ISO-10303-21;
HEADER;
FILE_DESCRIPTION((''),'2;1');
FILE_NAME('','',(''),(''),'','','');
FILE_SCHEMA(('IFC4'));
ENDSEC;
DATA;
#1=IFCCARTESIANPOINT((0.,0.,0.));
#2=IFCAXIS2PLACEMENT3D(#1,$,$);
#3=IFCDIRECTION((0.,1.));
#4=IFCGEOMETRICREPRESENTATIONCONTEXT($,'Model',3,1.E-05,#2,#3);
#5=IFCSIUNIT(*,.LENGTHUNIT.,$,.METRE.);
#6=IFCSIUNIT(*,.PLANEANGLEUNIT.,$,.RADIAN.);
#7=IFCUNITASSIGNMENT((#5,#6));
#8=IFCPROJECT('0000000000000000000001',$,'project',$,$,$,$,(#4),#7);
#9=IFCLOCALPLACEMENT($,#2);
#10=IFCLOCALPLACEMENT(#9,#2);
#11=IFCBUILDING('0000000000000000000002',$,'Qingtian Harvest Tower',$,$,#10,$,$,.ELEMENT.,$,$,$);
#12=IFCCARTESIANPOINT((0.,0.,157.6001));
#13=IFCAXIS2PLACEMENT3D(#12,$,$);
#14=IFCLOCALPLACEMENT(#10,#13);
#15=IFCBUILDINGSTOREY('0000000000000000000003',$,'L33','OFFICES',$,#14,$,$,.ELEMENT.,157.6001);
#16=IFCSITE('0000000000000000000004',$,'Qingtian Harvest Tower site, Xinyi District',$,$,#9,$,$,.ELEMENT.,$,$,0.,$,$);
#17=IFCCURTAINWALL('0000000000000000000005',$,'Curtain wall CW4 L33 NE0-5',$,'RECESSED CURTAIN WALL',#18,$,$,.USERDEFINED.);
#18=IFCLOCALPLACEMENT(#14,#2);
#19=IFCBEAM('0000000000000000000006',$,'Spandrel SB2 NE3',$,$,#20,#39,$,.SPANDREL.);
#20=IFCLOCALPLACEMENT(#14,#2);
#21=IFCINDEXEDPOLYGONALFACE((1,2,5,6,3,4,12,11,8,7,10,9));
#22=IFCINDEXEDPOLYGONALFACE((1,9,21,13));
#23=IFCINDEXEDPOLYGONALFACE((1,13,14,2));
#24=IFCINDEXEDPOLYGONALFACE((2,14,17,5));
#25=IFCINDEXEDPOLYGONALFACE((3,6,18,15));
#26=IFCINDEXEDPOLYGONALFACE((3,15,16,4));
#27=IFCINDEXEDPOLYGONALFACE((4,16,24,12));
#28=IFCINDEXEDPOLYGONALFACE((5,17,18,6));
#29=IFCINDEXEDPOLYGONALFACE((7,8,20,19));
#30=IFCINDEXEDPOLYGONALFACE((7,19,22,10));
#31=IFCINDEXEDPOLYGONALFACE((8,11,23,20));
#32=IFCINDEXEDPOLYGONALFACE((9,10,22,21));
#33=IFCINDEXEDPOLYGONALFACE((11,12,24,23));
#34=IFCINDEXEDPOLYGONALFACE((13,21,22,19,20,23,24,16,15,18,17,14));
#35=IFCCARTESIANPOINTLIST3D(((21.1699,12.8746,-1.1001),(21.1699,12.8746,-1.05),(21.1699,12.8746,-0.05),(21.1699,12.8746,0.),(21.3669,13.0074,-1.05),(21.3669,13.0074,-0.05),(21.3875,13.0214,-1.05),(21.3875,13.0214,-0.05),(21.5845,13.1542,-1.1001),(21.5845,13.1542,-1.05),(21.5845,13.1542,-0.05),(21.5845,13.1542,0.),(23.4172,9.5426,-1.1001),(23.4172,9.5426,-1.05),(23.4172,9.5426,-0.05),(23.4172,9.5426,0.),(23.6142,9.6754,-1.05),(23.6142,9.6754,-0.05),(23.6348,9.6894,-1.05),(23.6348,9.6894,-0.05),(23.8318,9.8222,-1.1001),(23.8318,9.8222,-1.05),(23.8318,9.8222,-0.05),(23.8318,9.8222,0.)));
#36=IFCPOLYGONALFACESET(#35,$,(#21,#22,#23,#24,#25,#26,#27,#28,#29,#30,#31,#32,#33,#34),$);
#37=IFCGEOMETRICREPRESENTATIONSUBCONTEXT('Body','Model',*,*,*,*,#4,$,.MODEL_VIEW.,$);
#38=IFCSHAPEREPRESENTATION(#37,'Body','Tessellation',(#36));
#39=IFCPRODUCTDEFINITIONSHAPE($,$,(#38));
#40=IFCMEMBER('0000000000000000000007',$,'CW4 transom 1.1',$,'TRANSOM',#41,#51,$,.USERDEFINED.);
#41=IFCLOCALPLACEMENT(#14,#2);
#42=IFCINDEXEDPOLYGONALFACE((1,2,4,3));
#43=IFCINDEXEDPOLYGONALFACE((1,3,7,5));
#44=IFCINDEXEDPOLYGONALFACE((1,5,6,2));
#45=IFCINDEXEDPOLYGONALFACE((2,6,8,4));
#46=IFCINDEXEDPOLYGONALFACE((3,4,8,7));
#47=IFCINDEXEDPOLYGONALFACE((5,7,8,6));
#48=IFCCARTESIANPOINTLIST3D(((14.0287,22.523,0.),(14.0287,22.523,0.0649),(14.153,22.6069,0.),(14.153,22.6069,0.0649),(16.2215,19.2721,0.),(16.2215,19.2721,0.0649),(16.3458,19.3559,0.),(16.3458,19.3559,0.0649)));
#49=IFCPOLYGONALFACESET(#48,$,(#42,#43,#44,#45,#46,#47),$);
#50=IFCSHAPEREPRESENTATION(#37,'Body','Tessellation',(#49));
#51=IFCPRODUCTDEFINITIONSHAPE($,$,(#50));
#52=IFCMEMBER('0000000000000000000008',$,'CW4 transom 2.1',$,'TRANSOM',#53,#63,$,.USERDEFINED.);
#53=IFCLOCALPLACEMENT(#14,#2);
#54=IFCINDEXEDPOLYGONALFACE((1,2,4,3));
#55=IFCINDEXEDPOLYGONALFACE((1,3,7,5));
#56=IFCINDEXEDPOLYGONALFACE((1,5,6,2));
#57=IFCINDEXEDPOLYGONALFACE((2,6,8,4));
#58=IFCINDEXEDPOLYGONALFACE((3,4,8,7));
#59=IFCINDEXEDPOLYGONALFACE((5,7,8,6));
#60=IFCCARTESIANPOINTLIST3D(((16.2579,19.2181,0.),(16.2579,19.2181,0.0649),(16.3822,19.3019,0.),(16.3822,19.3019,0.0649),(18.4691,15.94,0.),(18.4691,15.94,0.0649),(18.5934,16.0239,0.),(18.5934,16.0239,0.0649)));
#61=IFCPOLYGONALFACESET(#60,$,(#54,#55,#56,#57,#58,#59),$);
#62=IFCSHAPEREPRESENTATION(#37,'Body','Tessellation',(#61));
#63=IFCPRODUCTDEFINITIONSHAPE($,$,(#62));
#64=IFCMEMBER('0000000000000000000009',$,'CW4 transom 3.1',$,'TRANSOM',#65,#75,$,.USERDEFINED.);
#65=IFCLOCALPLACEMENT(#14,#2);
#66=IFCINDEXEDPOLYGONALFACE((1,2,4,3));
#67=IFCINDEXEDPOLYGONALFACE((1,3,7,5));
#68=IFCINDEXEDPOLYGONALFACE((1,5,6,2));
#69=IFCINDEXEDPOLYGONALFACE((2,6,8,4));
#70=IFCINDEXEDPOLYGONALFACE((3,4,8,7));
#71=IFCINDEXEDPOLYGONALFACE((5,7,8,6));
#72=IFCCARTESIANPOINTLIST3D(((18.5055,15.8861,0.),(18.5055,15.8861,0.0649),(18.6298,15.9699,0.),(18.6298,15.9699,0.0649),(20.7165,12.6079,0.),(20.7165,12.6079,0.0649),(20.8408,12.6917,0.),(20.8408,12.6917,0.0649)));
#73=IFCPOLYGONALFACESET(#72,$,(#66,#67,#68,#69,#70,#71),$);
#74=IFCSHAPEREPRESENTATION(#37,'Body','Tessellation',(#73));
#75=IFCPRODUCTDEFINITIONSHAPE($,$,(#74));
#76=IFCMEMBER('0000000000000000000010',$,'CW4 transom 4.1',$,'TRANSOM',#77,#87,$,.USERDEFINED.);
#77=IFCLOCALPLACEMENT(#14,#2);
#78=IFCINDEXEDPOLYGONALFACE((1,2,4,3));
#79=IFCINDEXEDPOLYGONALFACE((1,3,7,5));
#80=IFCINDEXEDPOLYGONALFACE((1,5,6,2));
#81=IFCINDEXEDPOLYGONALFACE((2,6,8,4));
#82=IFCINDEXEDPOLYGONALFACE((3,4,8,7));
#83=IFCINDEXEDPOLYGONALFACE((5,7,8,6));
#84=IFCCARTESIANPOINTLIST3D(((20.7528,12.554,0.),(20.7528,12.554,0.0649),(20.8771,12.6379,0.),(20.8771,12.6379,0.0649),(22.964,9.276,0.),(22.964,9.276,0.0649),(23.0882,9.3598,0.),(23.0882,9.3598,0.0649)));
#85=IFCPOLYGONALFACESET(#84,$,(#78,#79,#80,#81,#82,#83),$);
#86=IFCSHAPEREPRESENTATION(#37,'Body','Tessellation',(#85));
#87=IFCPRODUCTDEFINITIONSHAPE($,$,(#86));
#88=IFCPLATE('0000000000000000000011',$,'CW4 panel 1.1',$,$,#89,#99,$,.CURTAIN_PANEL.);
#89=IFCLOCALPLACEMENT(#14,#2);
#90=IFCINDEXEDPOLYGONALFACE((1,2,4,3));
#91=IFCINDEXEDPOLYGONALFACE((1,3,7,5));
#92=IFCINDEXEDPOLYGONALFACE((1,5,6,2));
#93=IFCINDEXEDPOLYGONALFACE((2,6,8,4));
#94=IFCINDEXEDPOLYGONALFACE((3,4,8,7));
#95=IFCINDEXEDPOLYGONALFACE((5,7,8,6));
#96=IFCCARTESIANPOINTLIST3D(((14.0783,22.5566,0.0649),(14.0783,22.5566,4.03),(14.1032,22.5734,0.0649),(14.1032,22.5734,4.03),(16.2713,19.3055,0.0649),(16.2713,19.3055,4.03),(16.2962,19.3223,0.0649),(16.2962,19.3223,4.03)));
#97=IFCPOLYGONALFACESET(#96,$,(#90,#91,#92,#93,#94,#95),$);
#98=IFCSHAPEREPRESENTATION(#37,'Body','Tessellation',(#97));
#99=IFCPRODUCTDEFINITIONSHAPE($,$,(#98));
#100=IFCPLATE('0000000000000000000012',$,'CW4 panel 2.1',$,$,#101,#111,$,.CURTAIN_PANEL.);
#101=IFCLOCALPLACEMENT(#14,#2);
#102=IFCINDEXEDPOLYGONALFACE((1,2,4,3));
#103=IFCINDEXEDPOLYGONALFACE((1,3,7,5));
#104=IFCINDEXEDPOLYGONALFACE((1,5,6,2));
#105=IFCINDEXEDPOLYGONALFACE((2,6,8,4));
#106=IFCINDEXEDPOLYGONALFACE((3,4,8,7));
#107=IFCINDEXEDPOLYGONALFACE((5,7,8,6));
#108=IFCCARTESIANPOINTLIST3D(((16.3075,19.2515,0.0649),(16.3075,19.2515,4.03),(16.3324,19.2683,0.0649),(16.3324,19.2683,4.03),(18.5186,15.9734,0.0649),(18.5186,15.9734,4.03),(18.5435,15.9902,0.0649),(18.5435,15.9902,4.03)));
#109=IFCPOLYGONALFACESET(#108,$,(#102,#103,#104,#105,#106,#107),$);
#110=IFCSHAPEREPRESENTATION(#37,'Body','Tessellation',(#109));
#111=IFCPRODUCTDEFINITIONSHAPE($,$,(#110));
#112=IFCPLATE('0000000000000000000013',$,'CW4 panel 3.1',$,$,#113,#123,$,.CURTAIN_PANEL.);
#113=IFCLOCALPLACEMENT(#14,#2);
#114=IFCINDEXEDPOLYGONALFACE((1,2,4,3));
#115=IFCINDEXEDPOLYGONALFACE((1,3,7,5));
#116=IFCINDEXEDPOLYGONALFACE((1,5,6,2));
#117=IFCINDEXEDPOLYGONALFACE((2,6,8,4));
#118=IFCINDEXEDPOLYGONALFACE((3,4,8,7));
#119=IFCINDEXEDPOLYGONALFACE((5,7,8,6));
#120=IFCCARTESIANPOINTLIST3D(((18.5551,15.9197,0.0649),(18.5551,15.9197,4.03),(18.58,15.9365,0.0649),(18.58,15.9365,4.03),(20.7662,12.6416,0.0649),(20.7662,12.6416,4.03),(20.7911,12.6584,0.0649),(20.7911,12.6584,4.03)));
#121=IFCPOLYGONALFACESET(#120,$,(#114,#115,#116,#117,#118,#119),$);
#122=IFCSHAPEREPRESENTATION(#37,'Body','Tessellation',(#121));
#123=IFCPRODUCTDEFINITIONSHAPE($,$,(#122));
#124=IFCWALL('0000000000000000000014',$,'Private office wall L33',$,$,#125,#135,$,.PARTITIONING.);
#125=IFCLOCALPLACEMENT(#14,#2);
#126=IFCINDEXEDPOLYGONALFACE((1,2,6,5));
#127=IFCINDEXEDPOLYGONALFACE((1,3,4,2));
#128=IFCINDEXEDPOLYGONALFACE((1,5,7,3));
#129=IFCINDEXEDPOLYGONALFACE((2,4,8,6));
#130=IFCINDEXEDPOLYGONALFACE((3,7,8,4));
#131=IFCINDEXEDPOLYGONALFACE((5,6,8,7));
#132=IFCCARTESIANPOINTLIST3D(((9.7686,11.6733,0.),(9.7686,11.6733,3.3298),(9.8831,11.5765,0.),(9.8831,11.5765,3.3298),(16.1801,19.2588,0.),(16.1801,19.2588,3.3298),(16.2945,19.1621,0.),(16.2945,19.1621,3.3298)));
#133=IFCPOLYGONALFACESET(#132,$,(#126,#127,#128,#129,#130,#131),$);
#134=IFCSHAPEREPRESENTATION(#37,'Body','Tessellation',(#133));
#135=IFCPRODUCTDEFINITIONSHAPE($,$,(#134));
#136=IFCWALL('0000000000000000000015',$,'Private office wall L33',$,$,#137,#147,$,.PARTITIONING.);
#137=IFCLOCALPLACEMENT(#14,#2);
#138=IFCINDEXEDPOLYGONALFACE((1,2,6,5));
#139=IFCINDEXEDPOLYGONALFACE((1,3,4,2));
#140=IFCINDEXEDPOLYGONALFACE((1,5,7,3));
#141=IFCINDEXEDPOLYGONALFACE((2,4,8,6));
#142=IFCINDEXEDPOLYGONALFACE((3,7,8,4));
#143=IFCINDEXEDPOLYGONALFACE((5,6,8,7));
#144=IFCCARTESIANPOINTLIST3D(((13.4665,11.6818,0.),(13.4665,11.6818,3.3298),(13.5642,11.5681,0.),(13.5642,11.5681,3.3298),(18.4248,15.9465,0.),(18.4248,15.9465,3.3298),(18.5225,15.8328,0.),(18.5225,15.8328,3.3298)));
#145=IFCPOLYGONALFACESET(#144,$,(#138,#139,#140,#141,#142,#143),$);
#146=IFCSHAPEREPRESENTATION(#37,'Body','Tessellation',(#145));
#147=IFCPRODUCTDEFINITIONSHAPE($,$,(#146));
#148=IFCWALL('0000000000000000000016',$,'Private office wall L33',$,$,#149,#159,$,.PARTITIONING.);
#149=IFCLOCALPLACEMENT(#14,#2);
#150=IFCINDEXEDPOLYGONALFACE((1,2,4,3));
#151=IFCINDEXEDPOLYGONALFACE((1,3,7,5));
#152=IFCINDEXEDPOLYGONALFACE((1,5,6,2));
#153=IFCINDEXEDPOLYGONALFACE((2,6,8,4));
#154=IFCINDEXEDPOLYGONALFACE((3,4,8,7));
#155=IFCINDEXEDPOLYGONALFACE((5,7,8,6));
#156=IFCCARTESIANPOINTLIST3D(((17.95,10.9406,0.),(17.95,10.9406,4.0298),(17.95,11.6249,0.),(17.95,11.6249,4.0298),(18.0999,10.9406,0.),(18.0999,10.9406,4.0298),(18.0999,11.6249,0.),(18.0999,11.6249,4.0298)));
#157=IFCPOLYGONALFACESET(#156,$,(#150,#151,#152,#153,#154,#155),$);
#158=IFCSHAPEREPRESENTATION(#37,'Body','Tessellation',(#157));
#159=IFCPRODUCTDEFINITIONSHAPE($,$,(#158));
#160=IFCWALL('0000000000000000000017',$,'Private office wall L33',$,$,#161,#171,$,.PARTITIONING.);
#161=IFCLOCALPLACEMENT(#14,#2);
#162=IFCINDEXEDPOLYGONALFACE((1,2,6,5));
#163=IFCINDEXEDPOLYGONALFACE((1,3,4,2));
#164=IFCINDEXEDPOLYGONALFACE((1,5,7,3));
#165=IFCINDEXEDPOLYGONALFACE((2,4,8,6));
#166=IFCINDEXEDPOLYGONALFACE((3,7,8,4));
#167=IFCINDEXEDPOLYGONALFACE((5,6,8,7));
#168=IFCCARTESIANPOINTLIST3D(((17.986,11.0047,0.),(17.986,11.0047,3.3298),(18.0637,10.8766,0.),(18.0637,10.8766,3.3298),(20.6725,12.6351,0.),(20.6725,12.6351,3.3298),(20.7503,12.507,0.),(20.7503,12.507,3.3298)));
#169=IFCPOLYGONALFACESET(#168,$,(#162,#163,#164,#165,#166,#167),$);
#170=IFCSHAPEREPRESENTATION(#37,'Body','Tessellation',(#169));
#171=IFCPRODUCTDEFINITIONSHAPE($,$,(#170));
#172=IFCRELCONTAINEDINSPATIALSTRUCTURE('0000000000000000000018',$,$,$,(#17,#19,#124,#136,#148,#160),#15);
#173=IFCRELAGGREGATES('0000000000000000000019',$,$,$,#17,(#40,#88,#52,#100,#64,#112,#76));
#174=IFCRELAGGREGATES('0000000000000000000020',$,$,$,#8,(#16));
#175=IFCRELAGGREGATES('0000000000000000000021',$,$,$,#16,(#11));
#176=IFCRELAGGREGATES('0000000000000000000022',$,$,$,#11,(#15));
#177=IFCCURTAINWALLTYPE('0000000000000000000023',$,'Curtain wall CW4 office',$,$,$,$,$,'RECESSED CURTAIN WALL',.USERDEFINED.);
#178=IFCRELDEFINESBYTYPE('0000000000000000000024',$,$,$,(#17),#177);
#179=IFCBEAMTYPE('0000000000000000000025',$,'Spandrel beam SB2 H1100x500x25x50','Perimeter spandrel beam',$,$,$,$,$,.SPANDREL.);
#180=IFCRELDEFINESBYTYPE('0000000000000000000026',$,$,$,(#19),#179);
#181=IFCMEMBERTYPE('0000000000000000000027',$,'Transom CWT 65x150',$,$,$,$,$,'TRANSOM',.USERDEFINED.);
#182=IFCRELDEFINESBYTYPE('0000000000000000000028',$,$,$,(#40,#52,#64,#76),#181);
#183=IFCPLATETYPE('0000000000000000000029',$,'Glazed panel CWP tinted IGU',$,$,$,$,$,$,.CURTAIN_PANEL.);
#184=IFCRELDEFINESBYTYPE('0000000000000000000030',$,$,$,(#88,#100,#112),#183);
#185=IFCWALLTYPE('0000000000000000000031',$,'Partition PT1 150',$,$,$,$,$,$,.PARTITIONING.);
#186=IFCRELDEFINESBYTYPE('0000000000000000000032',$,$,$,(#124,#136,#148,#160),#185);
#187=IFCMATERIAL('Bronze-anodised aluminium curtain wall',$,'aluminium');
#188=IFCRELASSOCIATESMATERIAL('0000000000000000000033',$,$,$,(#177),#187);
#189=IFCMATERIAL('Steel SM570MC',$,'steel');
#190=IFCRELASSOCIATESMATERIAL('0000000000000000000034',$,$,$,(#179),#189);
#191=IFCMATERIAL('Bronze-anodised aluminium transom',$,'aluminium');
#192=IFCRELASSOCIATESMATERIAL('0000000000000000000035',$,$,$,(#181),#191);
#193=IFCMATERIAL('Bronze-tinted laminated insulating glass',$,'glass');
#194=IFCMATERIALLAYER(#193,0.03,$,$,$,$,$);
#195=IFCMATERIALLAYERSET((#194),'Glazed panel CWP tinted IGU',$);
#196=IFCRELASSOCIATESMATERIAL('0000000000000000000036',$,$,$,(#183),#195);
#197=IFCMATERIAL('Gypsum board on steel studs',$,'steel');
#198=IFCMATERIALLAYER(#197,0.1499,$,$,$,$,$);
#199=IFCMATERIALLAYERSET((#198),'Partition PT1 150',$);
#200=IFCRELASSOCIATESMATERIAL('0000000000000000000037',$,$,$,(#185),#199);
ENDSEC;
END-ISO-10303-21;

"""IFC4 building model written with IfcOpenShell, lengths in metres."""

from ifc_helpers import new_model, si_unit, direction, frame, frame_2d, origin, origin_2d, place, context, subcontext, project, spatial, rectangle, i_section, extrude, material, layer, layer_set, material_profile, profile_set, type_object, element, aggregate, save


model = new_model("IFC4")

# Units and contexts
model_context = context("Model", 3, precision=1e-05, world=origin(), true_north=direction((0.0, 1.0)))
body_context = subcontext(model_context, "Body", "Model", "MODEL_VIEW")
ifc_project = project(units=[si_unit("LENGTHUNIT", "METRE"), si_unit("PLANEANGLEUNIT", "RADIAN")], contexts=[model_context])

# Site, building, storey
site_placement = place(None, origin())
site = spatial("IfcSite", under=ifc_project, at=site_placement, Name="Qingtian Harvest Tower site, Xinyi District", CompositionType="ELEMENT", RefElevation=0.0)
building_placement = place(site_placement, origin())
building = spatial("IfcBuilding", under=site, at=building_placement, Name="Qingtian Harvest Tower", CompositionType="ELEMENT")
storey_placement = place(building_placement, frame((0.0, 0.0, 157.6001)))
storey = spatial("IfcBuildingStorey", under=building, at=storey_placement, Name="L33", Description="OFFICES", CompositionType="ELEMENT", Elevation=157.6001)

# Shared definitions
ifc_material_1 = material(Name="Bronze-anodised aluminium curtain wall", Category="aluminium")
curtain_wall_type = type_object("IfcCurtainWallType", Name="Curtain wall CW4 office", ElementType="RECESSED CURTAIN WALL", PredefinedType="USERDEFINED", material=ifc_material_1)

# Curtain wall
curtain_wall_1_placement = place(storey_placement, origin())
curtain_wall_1 = element("IfcCurtainWall", 1, at=curtain_wall_1_placement, inside=storey, type_object=curtain_wall_type, Name="Curtain wall CW4 L33 NE0-5", ObjectType="RECESSED CURTAIN WALL", PredefinedType="USERDEFINED")

# Beam
ifc_material_2 = material(Name="Steel SM570MC", Category="steel")
ifc_material_profile_1 = material_profile(ifc_material_2, i_section(OverallWidth=0.5, OverallDepth=1.1001, WebThickness=0.0249, FlangeThickness=0.05, at=origin_2d()), Name="H1100x500x25x50")
ifc_profile_set_1 = profile_set([ifc_material_profile_1], Name="Steel SM570MC")
beam_type_1 = type_object("IfcBeamType", Name="Spandrel beam SB2 H1100x500x25x50", Description="Perimeter spandrel beam", PredefinedType="SPANDREL", material=ifc_profile_set_1)
beam_1_placement = place(storey_placement, frame((21.3772, 13.0144, -0.55), z_axis=(0.559164, -0.829057, 0.0), x_axis=(0.829057, 0.559164, 0.0)))
element("IfcBeam", 2, at=beam_1_placement, inside=storey, type_object=beam_type_1, Name="Spandrel SB2 NE3", PredefinedType="SPANDREL", context=body_context, shape_type="SweptSolid", body=[
    extrude(i_section(OverallWidth=0.5, OverallDepth=1.1001, WebThickness=0.0249, FlangeThickness=0.05, at=origin_2d()), origin(), (0.0, 0.0, 1.0), 4.019),
])

# Members
ifc_material_3 = material(Name="Bronze-anodised aluminium transom", Category="aluminium")
ifc_material_profile_2 = material_profile(ifc_material_3, rectangle(XDim=0.1499, YDim=0.0649, at=origin_2d()), Name="AL 65x150")
ifc_profile_set_2 = profile_set([ifc_material_profile_2], Name="Bronze-anodised aluminium transom")
member_type_1 = type_object("IfcMemberType", Name="Transom CWT 65x150", ElementType="TRANSOM", PredefinedType="USERDEFINED", material=ifc_profile_set_2)
member_1_placement = place(storey_placement, frame((14.0908, 22.5649, 0.0325), z_axis=(0.559203, -0.829031, 0.0), x_axis=(0.829031, 0.559203, 0.0)))
member_1 = element("IfcMember", 3, at=member_1_placement, type_object=member_type_1, Name="CW4 transom 1.1", ObjectType="TRANSOM", PredefinedType="USERDEFINED", context=body_context, shape_type="SweptSolid", body=[
    extrude(rectangle(XDim=0.1499, YDim=0.0649, at=origin_2d()), origin(), (0.0, 0.0, 1.0), 3.9214),
])
member_2_placement = place(storey_placement, frame((16.3201, 19.26, 0.0325), z_axis=(0.559209, -0.829027, 0.0), x_axis=(0.829027, 0.559209, 0.0)))
member_2 = element("IfcMember", 4, at=member_2_placement, type_object=member_type_1, Name="CW4 transom 2.1", ObjectType="TRANSOM", PredefinedType="USERDEFINED", context=body_context, shape_type="SweptSolid", body=[
    extrude(rectangle(XDim=0.1499, YDim=0.0649, at=origin_2d()), origin(), (0.0, 0.0, 1.0), 3.9541),
])
member_3_placement = place(storey_placement, frame((18.5676, 15.928, 0.0325), z_axis=(0.559166, -0.829055, 0.0), x_axis=(0.829055, 0.559166, 0.0)))
member_3 = element("IfcMember", 5, at=member_3_placement, type_object=member_type_1, Name="CW4 transom 3.1", ObjectType="TRANSOM", PredefinedType="USERDEFINED", context=body_context, shape_type="SweptSolid", body=[
    extrude(rectangle(XDim=0.1499, YDim=0.0649, at=origin_2d()), origin(), (0.0, 0.0, 1.0), 3.9541),
])
member_4_placement = place(storey_placement, frame((20.8149, 12.5959, 0.0325), z_axis=(0.559209, -0.829027, 0.0), x_axis=(0.829027, 0.559209, 0.0)))
member_4 = element("IfcMember", 6, at=member_4_placement, type_object=member_type_1, Name="CW4 transom 4.1", ObjectType="TRANSOM", PredefinedType="USERDEFINED", context=body_context, shape_type="SweptSolid", body=[
    extrude(rectangle(XDim=0.1499, YDim=0.0649, at=origin_2d()), origin(), (0.0, 0.0, 1.0), 3.9541),
])

# Plates
ifc_material_4 = material(Name="Bronze-tinted laminated insulating glass", Category="glass")
ifc_layer_1 = layer(ifc_material_4, 0.03)
ifc_layer_set_1 = layer_set([ifc_layer_1], Name="Glazed panel CWP tinted IGU")
plate_type = type_object("IfcPlateType", Name="Glazed panel CWP tinted IGU", PredefinedType="CURTAIN_PANEL", material=ifc_layer_set_1)
plate_1_placement = place(storey_placement, frame((15.1873, 20.9395, 0.0649), z_axis=(0.0, 0.0, 1.0), x_axis=(0.559193, -0.829038, 0.0)))
plate_1 = element("IfcPlate", 7, at=plate_1_placement, type_object=plate_type, Name="CW4 panel 1.1", PredefinedType="CURTAIN_PANEL", context=body_context, shape_type="SweptSolid", body=[
    extrude(rectangle(XDim=3.9216, YDim=0.03, at=origin_2d()), origin(), (0.0, 0.0, 1.0), 3.9651),
])
plate_2_placement = place(storey_placement, frame((17.4255, 17.6208, 0.0649), z_axis=(0.0, 0.0, 1.0), x_axis=(0.559193, -0.829038, 0.0)))
plate_2 = element("IfcPlate", 8, at=plate_2_placement, type_object=plate_type, Name="CW4 panel 2.1", PredefinedType="CURTAIN_PANEL", context=body_context, shape_type="SweptSolid", body=[
    extrude(rectangle(XDim=3.9541, YDim=0.03, at=origin_2d()), origin(), (0.0, 0.0, 1.0), 3.9651),
])
plate_3_placement = place(storey_placement, frame((19.6731, 14.2891, 0.0649), z_axis=(0.0, 0.0, 1.0), x_axis=(0.559193, -0.829038, 0.0)))
plate_3 = element("IfcPlate", 9, at=plate_3_placement, type_object=plate_type, Name="CW4 panel 3.1", PredefinedType="CURTAIN_PANEL", context=body_context, shape_type="SweptSolid", body=[
    extrude(rectangle(XDim=3.9541, YDim=0.03, at=origin_2d()), origin(), (0.0, 0.0, 1.0), 3.9651),
])
aggregate(curtain_wall_1, [member_1, plate_1, member_2, plate_2, member_3, plate_3, member_4])

# Walls
ifc_material_5 = material(Name="Gypsum board on steel studs", Category="steel")
ifc_layer_2 = layer(ifc_material_5, 0.1499)
ifc_layer_set_2 = layer_set([ifc_layer_2], Name="Partition PT1 150")
wall_type = type_object("IfcWallType", Name="Partition PT1 150", PredefinedType="PARTITIONING", material=ifc_layer_set_2)
wall_1_placement = place(storey_placement, frame((16.2373, 19.2104, 0.0), z_axis=(0.0, 0.0, 1.0), x_axis=(-0.645527, -0.763738, 0.0)))
element("IfcWall", 10, at=wall_1_placement, inside=storey, type_object=wall_type, Name="Private office wall L33", PredefinedType="PARTITIONING", context=body_context, shape_type="SweptSolid", body=[
    extrude(rectangle(XDim=9.9321, YDim=0.1499, at=frame_2d((4.9661, 0.0))), origin(), (0.0, 0.0, 1.0), 3.3298),
])
wall_2_placement = place(storey_placement, frame((18.4736, 15.8896, 0.0), z_axis=(0.0, 0.0, 1.0), x_axis=(-0.758143, -0.652088, 0.0)))
element("IfcWall", 11, at=wall_2_placement, inside=storey, type_object=wall_type, Name="Private office wall L33", PredefinedType="PARTITIONING", context=body_context, shape_type="SweptSolid", body=[
    extrude(rectangle(XDim=6.54, YDim=0.1499, at=frame_2d((3.27, 0.0))), origin(), (0.0, 0.0, 1.0), 3.3298),
])
wall_3_placement = place(storey_placement, frame((18.0249, 11.625, 0.0), z_axis=(0.0, 0.0, 1.0), x_axis=(0.0, -1.0, 0.0)))
element("IfcWall", 12, at=wall_3_placement, inside=storey, type_object=wall_type, Name="Private office wall L33", PredefinedType="PARTITIONING", context=body_context, shape_type="SweptSolid", body=[
    extrude(rectangle(XDim=0.6843, YDim=0.1499, at=frame_2d((0.3423, 0.0))), origin(), (0.0, 0.0, 1.0), 4.0298),
])
wall_4_placement = place(storey_placement, frame((20.7114, 12.571, 0.0), z_axis=(0.0, 0.0, 1.0), x_axis=(-0.854891, -0.518808, 0.0)))
element("IfcWall", 13, at=wall_4_placement, inside=storey, type_object=wall_type, Name="Private office wall L33", PredefinedType="PARTITIONING", context=body_context, shape_type="SweptSolid", body=[
    extrude(rectangle(XDim=3.1426, YDim=0.1499, at=frame_2d((1.5713, 0.0))), origin(), (0.0, 0.0, 1.0), 3.3298),
])

save(model, "model.ifc")
